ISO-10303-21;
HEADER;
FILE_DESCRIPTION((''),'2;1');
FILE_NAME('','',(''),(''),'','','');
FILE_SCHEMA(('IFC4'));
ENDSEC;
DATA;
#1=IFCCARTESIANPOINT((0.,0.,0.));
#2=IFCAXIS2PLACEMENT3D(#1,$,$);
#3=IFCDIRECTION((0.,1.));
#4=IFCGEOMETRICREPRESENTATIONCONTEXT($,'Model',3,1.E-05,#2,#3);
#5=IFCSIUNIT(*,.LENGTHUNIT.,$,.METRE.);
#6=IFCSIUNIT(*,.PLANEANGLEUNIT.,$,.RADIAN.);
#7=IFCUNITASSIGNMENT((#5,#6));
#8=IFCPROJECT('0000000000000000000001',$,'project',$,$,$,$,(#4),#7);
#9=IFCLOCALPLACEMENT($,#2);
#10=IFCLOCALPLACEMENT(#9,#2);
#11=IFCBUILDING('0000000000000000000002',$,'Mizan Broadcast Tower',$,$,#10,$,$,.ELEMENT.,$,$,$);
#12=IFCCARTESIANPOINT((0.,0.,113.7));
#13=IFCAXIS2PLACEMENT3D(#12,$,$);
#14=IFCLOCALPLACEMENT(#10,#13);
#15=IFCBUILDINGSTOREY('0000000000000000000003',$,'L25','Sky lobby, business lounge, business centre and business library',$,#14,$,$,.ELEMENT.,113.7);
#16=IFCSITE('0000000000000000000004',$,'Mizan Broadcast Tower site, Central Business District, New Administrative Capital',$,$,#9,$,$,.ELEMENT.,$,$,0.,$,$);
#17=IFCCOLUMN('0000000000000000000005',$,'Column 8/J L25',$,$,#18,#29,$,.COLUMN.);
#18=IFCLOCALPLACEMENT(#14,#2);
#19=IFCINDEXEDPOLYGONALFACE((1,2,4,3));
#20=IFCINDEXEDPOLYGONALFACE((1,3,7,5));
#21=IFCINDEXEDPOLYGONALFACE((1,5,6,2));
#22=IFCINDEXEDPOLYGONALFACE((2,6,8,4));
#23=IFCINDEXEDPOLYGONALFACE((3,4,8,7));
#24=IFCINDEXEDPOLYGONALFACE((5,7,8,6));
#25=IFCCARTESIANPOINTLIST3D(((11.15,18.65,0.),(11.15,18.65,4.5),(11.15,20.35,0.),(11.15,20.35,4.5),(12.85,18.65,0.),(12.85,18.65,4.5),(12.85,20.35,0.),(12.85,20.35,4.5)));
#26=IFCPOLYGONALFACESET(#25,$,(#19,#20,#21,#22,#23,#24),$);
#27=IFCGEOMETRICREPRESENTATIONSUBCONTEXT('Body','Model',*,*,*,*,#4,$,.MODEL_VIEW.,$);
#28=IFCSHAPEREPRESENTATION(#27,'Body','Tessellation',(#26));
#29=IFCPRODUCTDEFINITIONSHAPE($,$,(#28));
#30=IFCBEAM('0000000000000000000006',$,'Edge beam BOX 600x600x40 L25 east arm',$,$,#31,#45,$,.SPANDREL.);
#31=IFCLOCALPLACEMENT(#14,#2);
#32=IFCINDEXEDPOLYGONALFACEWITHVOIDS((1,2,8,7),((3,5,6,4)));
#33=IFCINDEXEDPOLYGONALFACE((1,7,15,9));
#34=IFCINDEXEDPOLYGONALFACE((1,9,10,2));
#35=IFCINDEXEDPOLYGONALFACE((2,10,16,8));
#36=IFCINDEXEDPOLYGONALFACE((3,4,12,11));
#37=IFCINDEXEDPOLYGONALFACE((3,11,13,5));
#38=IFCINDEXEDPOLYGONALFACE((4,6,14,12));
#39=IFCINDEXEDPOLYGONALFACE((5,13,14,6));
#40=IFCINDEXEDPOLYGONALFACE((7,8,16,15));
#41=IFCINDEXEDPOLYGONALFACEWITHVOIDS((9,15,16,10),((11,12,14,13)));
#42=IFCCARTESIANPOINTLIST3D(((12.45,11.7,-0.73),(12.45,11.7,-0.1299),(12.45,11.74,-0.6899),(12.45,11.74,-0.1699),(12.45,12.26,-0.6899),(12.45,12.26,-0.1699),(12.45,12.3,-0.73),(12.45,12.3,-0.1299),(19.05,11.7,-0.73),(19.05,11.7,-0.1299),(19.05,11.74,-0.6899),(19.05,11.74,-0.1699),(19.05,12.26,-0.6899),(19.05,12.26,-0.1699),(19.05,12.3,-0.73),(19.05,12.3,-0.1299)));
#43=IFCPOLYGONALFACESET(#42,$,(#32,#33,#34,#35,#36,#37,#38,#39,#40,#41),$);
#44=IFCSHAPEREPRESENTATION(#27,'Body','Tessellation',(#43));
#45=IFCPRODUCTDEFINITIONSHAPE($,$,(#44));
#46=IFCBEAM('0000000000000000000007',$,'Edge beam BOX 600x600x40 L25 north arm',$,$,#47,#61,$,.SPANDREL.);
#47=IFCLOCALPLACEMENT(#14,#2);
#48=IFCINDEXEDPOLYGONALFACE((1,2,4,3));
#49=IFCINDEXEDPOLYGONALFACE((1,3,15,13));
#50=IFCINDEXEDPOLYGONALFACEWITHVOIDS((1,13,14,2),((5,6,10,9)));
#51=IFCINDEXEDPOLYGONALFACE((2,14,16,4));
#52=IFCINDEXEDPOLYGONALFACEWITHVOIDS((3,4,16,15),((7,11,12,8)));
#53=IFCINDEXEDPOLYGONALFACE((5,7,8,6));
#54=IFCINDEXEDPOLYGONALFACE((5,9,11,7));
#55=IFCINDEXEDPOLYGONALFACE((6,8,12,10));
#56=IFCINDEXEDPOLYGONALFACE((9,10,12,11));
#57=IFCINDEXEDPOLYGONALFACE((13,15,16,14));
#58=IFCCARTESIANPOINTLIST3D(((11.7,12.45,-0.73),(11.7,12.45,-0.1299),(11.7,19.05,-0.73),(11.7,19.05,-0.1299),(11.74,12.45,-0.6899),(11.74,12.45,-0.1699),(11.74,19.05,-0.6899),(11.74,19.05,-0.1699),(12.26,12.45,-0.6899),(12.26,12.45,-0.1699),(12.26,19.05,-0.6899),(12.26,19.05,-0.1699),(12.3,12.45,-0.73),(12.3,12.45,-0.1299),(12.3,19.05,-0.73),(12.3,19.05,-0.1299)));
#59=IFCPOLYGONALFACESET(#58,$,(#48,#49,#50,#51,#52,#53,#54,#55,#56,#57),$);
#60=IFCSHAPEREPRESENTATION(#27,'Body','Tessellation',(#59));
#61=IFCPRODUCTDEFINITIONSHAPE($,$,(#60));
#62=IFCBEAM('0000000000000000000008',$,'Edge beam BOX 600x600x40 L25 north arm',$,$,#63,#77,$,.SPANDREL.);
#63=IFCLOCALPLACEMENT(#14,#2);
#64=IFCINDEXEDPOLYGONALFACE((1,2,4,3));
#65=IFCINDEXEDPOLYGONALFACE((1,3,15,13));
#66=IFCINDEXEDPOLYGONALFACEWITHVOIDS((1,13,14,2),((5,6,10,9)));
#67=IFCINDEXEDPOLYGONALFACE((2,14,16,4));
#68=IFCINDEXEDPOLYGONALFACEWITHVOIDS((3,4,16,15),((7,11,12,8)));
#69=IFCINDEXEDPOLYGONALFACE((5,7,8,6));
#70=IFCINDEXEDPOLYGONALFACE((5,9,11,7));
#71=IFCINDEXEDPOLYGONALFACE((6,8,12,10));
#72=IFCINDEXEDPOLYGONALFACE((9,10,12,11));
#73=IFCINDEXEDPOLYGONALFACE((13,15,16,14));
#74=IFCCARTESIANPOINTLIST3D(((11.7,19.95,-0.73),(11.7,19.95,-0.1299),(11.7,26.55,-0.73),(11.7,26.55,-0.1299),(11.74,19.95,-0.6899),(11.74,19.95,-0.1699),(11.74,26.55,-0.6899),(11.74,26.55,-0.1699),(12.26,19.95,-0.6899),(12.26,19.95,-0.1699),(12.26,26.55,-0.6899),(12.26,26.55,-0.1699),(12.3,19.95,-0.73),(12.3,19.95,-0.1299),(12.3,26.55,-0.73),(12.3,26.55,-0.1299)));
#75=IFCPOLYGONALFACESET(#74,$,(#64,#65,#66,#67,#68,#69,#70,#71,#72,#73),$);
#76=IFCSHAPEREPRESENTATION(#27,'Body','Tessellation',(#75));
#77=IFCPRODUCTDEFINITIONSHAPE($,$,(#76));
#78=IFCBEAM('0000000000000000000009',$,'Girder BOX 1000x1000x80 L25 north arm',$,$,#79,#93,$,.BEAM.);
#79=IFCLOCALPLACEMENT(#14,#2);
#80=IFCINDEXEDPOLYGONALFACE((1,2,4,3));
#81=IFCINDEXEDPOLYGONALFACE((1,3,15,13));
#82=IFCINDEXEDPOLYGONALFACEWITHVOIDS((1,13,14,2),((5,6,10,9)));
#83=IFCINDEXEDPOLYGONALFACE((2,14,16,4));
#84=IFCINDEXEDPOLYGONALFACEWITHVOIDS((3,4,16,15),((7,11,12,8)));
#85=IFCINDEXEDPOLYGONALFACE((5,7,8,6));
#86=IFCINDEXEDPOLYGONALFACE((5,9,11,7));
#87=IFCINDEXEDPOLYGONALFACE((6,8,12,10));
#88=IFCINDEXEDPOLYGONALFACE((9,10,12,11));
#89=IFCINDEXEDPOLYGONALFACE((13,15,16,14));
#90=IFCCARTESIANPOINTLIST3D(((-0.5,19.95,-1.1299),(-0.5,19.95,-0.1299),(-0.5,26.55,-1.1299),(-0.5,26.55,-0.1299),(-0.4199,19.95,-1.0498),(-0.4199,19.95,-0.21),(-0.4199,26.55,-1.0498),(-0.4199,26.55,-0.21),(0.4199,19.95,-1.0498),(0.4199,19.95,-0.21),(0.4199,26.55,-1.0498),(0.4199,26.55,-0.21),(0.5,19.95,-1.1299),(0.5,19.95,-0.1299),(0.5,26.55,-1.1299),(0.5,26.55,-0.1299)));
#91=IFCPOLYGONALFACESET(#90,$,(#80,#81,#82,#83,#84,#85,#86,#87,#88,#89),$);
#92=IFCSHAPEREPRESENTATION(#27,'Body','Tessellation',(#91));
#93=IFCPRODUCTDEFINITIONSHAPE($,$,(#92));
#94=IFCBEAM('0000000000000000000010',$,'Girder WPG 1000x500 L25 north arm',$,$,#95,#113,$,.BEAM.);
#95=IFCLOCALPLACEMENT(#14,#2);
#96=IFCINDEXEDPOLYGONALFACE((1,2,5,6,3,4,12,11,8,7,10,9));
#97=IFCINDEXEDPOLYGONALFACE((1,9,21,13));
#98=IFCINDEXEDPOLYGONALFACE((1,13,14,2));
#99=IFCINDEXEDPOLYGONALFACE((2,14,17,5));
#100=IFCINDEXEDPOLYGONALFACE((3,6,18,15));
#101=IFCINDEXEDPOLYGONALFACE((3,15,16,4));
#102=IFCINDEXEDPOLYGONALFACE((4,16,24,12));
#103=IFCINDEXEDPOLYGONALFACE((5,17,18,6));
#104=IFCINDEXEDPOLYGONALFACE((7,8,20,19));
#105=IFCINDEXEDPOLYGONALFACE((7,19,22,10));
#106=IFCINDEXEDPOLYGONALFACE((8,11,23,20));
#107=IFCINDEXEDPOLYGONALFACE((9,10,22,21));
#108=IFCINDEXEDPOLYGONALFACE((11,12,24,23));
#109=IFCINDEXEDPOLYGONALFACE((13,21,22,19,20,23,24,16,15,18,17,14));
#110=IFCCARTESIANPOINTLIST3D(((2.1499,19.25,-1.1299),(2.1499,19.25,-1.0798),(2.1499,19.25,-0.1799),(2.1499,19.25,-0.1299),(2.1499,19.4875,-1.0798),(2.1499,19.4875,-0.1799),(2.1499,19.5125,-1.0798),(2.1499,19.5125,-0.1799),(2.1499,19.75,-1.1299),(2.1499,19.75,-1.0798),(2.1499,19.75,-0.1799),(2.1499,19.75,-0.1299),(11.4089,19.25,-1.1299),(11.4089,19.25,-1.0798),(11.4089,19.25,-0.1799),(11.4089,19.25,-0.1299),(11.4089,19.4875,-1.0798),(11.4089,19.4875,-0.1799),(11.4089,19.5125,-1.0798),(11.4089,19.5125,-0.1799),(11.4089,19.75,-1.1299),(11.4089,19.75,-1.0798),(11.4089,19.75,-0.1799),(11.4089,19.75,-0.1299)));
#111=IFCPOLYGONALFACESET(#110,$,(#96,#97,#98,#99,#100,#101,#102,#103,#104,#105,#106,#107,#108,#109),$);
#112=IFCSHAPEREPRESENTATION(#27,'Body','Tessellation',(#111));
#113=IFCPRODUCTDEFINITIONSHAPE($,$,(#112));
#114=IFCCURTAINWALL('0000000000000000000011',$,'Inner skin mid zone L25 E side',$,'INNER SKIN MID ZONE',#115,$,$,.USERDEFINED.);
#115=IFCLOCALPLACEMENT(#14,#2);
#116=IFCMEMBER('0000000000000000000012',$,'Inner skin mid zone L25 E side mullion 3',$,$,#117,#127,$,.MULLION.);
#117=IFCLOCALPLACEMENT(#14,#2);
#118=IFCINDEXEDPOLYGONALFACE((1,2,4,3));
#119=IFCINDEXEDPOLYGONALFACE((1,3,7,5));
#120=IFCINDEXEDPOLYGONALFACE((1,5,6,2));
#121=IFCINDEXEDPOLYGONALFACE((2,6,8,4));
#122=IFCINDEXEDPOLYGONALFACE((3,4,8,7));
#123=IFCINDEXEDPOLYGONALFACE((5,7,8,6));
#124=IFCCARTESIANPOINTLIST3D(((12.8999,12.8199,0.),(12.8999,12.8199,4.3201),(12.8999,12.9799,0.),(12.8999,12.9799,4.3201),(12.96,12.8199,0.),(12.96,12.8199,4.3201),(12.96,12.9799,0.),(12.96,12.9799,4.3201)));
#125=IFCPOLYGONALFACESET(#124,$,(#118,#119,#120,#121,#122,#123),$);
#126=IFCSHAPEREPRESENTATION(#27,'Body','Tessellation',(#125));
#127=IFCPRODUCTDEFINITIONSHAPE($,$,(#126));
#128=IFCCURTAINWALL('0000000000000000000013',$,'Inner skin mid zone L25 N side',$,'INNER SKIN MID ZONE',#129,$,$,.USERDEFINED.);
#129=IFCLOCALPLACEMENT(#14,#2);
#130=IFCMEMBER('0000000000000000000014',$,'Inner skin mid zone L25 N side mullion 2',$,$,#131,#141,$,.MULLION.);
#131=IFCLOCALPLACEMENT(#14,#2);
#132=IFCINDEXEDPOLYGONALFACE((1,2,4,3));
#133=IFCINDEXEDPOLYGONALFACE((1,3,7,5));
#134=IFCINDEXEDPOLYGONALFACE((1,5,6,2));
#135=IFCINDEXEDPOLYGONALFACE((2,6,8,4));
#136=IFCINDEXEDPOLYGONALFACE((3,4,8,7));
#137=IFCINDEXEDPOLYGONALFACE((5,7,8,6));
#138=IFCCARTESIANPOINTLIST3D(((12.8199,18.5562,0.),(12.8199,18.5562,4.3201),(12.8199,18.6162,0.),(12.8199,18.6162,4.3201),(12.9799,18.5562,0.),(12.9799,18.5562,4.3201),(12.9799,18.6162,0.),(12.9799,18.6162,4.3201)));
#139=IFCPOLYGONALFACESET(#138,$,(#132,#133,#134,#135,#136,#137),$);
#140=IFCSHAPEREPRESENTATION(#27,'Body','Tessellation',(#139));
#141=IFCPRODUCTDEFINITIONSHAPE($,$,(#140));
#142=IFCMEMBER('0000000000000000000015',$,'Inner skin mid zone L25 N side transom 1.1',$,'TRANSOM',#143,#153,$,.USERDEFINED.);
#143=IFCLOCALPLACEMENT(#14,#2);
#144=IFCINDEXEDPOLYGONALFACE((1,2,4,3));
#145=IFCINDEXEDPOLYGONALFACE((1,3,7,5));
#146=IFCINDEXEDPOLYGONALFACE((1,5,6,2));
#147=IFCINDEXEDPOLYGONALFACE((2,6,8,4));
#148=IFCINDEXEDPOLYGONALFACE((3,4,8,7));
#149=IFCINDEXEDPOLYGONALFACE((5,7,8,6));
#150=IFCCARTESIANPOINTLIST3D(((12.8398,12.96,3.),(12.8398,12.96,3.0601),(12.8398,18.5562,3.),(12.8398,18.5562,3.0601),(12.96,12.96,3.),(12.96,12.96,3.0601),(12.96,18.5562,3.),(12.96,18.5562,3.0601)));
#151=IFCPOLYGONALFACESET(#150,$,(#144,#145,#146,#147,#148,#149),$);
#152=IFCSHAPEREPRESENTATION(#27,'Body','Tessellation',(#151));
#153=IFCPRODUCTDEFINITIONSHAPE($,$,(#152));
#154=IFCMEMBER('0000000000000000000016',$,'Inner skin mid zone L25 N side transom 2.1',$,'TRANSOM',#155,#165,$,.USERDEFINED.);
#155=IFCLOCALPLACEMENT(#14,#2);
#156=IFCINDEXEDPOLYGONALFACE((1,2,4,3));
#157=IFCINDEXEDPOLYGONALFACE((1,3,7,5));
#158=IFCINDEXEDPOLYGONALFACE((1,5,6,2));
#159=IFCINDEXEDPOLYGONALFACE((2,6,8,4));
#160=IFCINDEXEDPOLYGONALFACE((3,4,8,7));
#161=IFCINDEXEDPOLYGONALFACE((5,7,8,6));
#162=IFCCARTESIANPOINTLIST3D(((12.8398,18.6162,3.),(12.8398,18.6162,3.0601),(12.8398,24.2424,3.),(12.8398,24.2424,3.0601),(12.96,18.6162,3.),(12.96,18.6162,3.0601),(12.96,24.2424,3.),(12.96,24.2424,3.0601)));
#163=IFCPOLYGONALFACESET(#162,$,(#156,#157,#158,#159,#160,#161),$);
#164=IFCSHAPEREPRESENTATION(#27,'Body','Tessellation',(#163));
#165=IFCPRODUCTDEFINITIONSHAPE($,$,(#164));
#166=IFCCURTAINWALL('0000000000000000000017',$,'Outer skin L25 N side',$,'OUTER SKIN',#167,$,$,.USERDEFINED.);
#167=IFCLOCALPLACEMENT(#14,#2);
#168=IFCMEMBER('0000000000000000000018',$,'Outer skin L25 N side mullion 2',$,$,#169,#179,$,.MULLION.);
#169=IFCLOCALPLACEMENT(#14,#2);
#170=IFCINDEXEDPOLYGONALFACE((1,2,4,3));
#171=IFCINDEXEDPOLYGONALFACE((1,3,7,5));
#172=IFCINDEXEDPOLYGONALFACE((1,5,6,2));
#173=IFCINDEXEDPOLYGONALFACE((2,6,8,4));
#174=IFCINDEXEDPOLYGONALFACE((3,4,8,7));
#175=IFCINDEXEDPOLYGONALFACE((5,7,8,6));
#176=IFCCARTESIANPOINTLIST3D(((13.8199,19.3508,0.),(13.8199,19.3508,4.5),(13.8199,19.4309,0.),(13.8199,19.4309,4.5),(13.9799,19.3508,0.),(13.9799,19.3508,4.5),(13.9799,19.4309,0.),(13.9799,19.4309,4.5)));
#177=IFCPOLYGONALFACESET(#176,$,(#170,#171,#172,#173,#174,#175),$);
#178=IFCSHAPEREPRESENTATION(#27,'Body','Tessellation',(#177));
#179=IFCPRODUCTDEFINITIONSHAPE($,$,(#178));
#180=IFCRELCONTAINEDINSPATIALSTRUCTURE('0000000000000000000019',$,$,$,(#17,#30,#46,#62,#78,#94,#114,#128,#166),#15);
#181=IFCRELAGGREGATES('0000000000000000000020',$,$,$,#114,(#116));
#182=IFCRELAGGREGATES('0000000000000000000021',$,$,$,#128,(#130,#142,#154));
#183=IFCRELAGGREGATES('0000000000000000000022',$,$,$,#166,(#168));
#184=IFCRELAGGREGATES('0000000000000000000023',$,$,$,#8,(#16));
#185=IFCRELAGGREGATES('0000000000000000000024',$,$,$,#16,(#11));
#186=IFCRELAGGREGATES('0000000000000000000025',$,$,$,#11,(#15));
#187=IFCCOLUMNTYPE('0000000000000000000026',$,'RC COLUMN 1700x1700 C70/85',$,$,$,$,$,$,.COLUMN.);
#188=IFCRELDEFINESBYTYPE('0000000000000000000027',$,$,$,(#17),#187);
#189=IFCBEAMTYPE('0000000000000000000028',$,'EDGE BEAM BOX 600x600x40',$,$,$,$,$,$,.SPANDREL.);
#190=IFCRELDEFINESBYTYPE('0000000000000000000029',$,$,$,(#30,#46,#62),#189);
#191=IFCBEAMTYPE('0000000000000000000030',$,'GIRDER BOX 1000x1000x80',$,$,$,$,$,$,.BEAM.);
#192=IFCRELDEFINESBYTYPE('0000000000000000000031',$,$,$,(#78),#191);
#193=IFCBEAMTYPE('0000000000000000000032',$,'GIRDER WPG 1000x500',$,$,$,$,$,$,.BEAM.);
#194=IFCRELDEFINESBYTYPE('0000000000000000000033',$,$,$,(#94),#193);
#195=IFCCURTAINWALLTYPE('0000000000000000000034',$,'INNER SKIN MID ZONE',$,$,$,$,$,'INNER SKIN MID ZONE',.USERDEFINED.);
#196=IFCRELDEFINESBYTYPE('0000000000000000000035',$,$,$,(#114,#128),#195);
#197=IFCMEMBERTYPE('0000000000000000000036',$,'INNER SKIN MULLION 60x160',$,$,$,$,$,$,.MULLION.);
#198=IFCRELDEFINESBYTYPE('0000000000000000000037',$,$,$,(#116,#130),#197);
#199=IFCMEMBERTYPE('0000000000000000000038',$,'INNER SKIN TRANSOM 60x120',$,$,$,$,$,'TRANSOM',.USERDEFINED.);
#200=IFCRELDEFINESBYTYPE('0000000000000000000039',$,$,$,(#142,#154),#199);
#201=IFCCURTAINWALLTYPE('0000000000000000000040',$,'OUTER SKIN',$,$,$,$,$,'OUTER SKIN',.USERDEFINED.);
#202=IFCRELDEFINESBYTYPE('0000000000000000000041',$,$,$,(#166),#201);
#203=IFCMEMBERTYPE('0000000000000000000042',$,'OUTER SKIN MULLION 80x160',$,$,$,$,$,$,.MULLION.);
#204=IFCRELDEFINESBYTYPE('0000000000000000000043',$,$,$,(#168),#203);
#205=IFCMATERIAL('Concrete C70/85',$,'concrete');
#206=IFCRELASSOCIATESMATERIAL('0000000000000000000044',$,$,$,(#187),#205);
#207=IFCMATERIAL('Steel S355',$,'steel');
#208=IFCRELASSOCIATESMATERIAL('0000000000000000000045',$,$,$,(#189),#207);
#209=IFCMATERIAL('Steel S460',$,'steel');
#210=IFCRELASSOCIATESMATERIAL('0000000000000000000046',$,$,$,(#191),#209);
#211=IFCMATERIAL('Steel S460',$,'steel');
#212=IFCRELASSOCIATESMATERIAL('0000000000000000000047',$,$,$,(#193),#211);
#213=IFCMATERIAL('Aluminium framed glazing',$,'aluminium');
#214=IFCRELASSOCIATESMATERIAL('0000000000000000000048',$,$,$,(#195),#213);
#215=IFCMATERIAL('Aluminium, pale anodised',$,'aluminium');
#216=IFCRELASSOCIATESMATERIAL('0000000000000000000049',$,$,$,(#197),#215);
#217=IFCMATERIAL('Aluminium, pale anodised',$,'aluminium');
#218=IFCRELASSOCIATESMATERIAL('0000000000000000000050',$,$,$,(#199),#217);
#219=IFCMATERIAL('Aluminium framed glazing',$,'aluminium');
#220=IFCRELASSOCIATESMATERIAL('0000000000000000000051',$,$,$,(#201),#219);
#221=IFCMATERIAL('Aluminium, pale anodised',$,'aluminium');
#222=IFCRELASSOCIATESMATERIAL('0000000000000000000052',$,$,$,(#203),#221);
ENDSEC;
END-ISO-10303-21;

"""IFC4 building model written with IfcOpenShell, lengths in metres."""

from ifc_helpers import new_model, si_unit, direction, frame, origin, origin_2d, place, context, subcontext, project, spatial, rectangle, hollow_rectangle, i_section, extrude, material, material_profile, profile_set, type_object, element, aggregate, save


model = new_model("IFC4")

# Units and contexts
model_context = context("Model", 3, precision=1e-05, world=origin(), true_north=direction((0.0, 1.0)))
body_context = subcontext(model_context, "Body", "Model", "MODEL_VIEW")
ifc_project = project(units=[si_unit("LENGTHUNIT", "METRE"), si_unit("PLANEANGLEUNIT", "RADIAN")], contexts=[model_context])

# Site, building, storey
site_placement = place(None, origin())
site = spatial("IfcSite", under=ifc_project, at=site_placement, Name="Mizan Broadcast Tower site, Central Business District, New Administrative Capital", CompositionType="ELEMENT", RefElevation=0.0)
building_placement = place(site_placement, origin())
building = spatial("IfcBuilding", under=site, at=building_placement, Name="Mizan Broadcast Tower", CompositionType="ELEMENT")
storey_placement = place(building_placement, frame((0.0, 0.0, 113.7)))
storey = spatial("IfcBuildingStorey", under=building, at=storey_placement, Name="L25", Description="Sky lobby, business lounge, business centre and business library", CompositionType="ELEMENT", Elevation=113.7)

# Column
ifc_material_1 = material(Name="Concrete C70/85", Category="concrete")
ifc_material_profile_1 = material_profile(ifc_material_1, rectangle(XDim=1.7, YDim=1.7, at=origin_2d()), Name="RC 1700x1700")
ifc_profile_set_1 = profile_set([ifc_material_profile_1], Name="Concrete C70/85")
column_type = type_object("IfcColumnType", Name="RC COLUMN 1700x1700 C70/85", PredefinedType="COLUMN", material=ifc_profile_set_1)
column_placement = place(storey_placement, frame((12.0, 19.5, 0.0), z_axis=(0.0, 0.0, 1.0), x_axis=(1.0, 0.0, 0.0)))
element("IfcColumn", 1, at=column_placement, inside=storey, type_object=column_type, Name="Column 8/J L25", PredefinedType="COLUMN", context=body_context, shape_type="SweptSolid", body=[
    extrude(rectangle(XDim=1.7, YDim=1.7, at=origin_2d()), origin(), (0.0, 0.0, 1.0), 4.5),
])

# Beams
ifc_material_2 = material(Name="Steel S355", Category="steel")
ifc_material_profile_2 = material_profile(ifc_material_2, hollow_rectangle(XDim=0.6001, YDim=0.6001, WallThickness=0.04, at=origin_2d()), Name="BOX 600x600x40")
ifc_profile_set_2 = profile_set([ifc_material_profile_2], Name="Steel S355")
beam_type_1 = type_object("IfcBeamType", Name="EDGE BEAM BOX 600x600x40", PredefinedType="SPANDREL", material=ifc_profile_set_2)
for number, where, z_axis, x_axis, name in (
    (2, (12.45, 12.0, -0.4299), (1.0, 0.0, 0.0), (0.0, 1.0, 0.0), "Edge beam BOX 600x600x40 L25 east arm"),
    (3, (12.0, 12.45, -0.4299), (0.0, 1.0, 0.0), (-1.0, 0.0, 0.0), "Edge beam BOX 600x600x40 L25 north arm"),
    (4, (12.0, 19.95, -0.4299), (0.0, 1.0, 0.0), (-1.0, 0.0, 0.0), "Edge beam BOX 600x600x40 L25 north arm"),
):
    element("IfcBeam", number, at=place(storey_placement, frame(where, z_axis=z_axis, x_axis=x_axis)), inside=storey, type_object=beam_type_1, Name=name, PredefinedType="SPANDREL", context=body_context, shape_type="SweptSolid", body=[
        extrude(hollow_rectangle(XDim=0.6001, YDim=0.6001, WallThickness=0.04, at=origin_2d()), origin(), (0.0, 0.0, 1.0), 6.6001),
    ])
ifc_material_3 = material(Name="Steel S460", Category="steel")
ifc_material_profile_3 = material_profile(ifc_material_3, hollow_rectangle(XDim=1.0, YDim=1.0, WallThickness=0.0801, at=origin_2d()), Name="BOX 1000x1000x80")
ifc_profile_set_3 = profile_set([ifc_material_profile_3], Name="Steel S460")
beam_type_2 = type_object("IfcBeamType", Name="GIRDER BOX 1000x1000x80", PredefinedType="BEAM", material=ifc_profile_set_3)
beam_1_placement = place(storey_placement, frame((0.0, 19.95, -0.6299), z_axis=(0.0, 1.0, 0.0), x_axis=(-1.0, 0.0, 0.0)))
element("IfcBeam", 5, at=beam_1_placement, inside=storey, type_object=beam_type_2, Name="Girder BOX 1000x1000x80 L25 north arm", PredefinedType="BEAM", context=body_context, shape_type="SweptSolid", body=[
    extrude(hollow_rectangle(XDim=1.0, YDim=1.0, WallThickness=0.0801, at=origin_2d()), origin(), (0.0, 0.0, 1.0), 6.6001),
])
ifc_material_4 = material(Name="Steel S460", Category="steel")
ifc_material_profile_4 = material_profile(ifc_material_4, i_section(OverallWidth=0.5, OverallDepth=1.0, WebThickness=0.0249, FlangeThickness=0.05, at=origin_2d()), Name="WPG 1000x500")
ifc_profile_set_4 = profile_set([ifc_material_profile_4], Name="Steel S460")
beam_type_3 = type_object("IfcBeamType", Name="GIRDER WPG 1000x500", PredefinedType="BEAM", material=ifc_profile_set_4)
beam_2_placement = place(storey_placement, frame((11.4089, 19.5, -0.6299), z_axis=(-1.0, 0.0, 0.0), x_axis=(0.0, -1.0, 0.0)))
element("IfcBeam", 6, at=beam_2_placement, inside=storey, type_object=beam_type_3, Name="Girder WPG 1000x500 L25 north arm", PredefinedType="BEAM", context=body_context, shape_type="SweptSolid", body=[
    extrude(i_section(OverallWidth=0.5, OverallDepth=1.0, WebThickness=0.0249, FlangeThickness=0.05, at=origin_2d()), origin(), (0.0, 0.0, 1.0), 9.259),
])

# Curtain wall, member
ifc_material_5 = material(Name="Aluminium framed glazing", Category="aluminium")
curtain_wall_type_1 = type_object("IfcCurtainWallType", Name="INNER SKIN MID ZONE", ElementType="INNER SKIN MID ZONE", PredefinedType="USERDEFINED", material=ifc_material_5)
curtain_wall_1_placement = place(storey_placement, origin())
curtain_wall_1 = element("IfcCurtainWall", 7, at=curtain_wall_1_placement, inside=storey, type_object=curtain_wall_type_1, Name="Inner skin mid zone L25 E side", ObjectType="INNER SKIN MID ZONE", PredefinedType="USERDEFINED")
ifc_material_6 = material(Name="Aluminium, pale anodised", Category="aluminium")
ifc_material_profile_5 = material_profile(ifc_material_6, rectangle(XDim=0.1599, YDim=0.0601, at=origin_2d()), Name="MULLION 160x60")
ifc_profile_set_5 = profile_set([ifc_material_profile_5], Name="Aluminium, pale anodised")
member_type_1 = type_object("IfcMemberType", Name="INNER SKIN MULLION 60x160", PredefinedType="MULLION", material=ifc_profile_set_5)
member_1_placement = place(storey_placement, frame((12.9299, 12.8999, 0.0), z_axis=(0.0, 0.0, 1.0), x_axis=(0.0, -1.0, 0.0)))
member_1 = element("IfcMember", 8, at=member_1_placement, type_object=member_type_1, Name="Inner skin mid zone L25 E side mullion 3", PredefinedType="MULLION", context=body_context, shape_type="SweptSolid", body=[
    extrude(rectangle(XDim=0.1599, YDim=0.0601, at=origin_2d()), origin(), (0.0, 0.0, 1.0), 4.3201),
])
aggregate(curtain_wall_1, [member_1])

# Curtain walls, members
curtain_wall_2_placement = place(storey_placement, origin())
curtain_wall_2 = element("IfcCurtainWall", 9, at=curtain_wall_2_placement, inside=storey, type_object=curtain_wall_type_1, Name="Inner skin mid zone L25 N side", ObjectType="INNER SKIN MID ZONE", PredefinedType="USERDEFINED")
member_2_placement = place(storey_placement, frame((12.8999, 18.5862, 0.0), z_axis=(0.0, 0.0, 1.0), x_axis=(-1.0, 0.0, 0.0)))
member_2 = element("IfcMember", 10, at=member_2_placement, type_object=member_type_1, Name="Inner skin mid zone L25 N side mullion 2", PredefinedType="MULLION", context=body_context, shape_type="SweptSolid", body=[
    extrude(rectangle(XDim=0.1599, YDim=0.0601, at=origin_2d()), origin(), (0.0, 0.0, 1.0), 4.3201),
])
ifc_material_7 = material(Name="Aluminium, pale anodised", Category="aluminium")
ifc_material_profile_6 = material_profile(ifc_material_7, rectangle(XDim=0.1201, YDim=0.0601, at=origin_2d()), Name="TRANSOM 120x60")
ifc_profile_set_6 = profile_set([ifc_material_profile_6], Name="Aluminium, pale anodised")
member_type_2 = type_object("IfcMemberType", Name="INNER SKIN TRANSOM 60x120", ElementType="TRANSOM", PredefinedType="USERDEFINED", material=ifc_profile_set_6)
member_3_placement = place(storey_placement, frame((12.8999, 12.96, 3.03), z_axis=(0.0, 1.0, 0.0), x_axis=(-1.0, 0.0, 0.0)))
member_3 = element("IfcMember", 11, at=member_3_placement, type_object=member_type_2, Name="Inner skin mid zone L25 N side transom 1.1", ObjectType="TRANSOM", PredefinedType="USERDEFINED", context=body_context, shape_type="SweptSolid", body=[
    extrude(rectangle(XDim=0.1201, YDim=0.0601, at=origin_2d()), origin(), (0.0, 0.0, 1.0), 5.5962),
])
member_4_placement = place(storey_placement, frame((12.8999, 18.6162, 3.03), z_axis=(0.0, 1.0, 0.0), x_axis=(-1.0, 0.0, 0.0)))
member_4 = element("IfcMember", 12, at=member_4_placement, type_object=member_type_2, Name="Inner skin mid zone L25 N side transom 2.1", ObjectType="TRANSOM", PredefinedType="USERDEFINED", context=body_context, shape_type="SweptSolid", body=[
    extrude(rectangle(XDim=0.1201, YDim=0.0601, at=origin_2d()), origin(), (0.0, 0.0, 1.0), 5.6262),
])
ifc_material_8 = material(Name="Aluminium framed glazing", Category="aluminium")
curtain_wall_type_2 = type_object("IfcCurtainWallType", Name="OUTER SKIN", ElementType="OUTER SKIN", PredefinedType="USERDEFINED", material=ifc_material_8)
curtain_wall_3_placement = place(storey_placement, origin())
curtain_wall_3 = element("IfcCurtainWall", 13, at=curtain_wall_3_placement, inside=storey, type_object=curtain_wall_type_2, Name="Outer skin L25 N side", ObjectType="OUTER SKIN", PredefinedType="USERDEFINED")
ifc_material_9 = material(Name="Aluminium, pale anodised", Category="aluminium")
ifc_material_profile_7 = material_profile(ifc_material_9, rectangle(XDim=0.1599, YDim=0.0801, at=origin_2d()), Name="MULLION 160x80")
ifc_profile_set_7 = profile_set([ifc_material_profile_7], Name="Aluminium, pale anodised")
member_type_3 = type_object("IfcMemberType", Name="OUTER SKIN MULLION 80x160", PredefinedType="MULLION", material=ifc_profile_set_7)
member_5_placement = place(storey_placement, frame((13.8999, 19.3909, 0.0), z_axis=(0.0, 0.0, 1.0), x_axis=(-1.0, 0.0, 0.0)))
member_5 = element("IfcMember", 14, at=member_5_placement, type_object=member_type_3, Name="Outer skin L25 N side mullion 2", PredefinedType="MULLION", context=body_context, shape_type="SweptSolid", body=[
    extrude(rectangle(XDim=0.1599, YDim=0.0801, at=origin_2d()), origin(), (0.0, 0.0, 1.0), 4.5),
])

aggregate(curtain_wall_2, [member_2, member_3, member_4])
aggregate(curtain_wall_3, [member_5])

save(model, "model.ifc")
